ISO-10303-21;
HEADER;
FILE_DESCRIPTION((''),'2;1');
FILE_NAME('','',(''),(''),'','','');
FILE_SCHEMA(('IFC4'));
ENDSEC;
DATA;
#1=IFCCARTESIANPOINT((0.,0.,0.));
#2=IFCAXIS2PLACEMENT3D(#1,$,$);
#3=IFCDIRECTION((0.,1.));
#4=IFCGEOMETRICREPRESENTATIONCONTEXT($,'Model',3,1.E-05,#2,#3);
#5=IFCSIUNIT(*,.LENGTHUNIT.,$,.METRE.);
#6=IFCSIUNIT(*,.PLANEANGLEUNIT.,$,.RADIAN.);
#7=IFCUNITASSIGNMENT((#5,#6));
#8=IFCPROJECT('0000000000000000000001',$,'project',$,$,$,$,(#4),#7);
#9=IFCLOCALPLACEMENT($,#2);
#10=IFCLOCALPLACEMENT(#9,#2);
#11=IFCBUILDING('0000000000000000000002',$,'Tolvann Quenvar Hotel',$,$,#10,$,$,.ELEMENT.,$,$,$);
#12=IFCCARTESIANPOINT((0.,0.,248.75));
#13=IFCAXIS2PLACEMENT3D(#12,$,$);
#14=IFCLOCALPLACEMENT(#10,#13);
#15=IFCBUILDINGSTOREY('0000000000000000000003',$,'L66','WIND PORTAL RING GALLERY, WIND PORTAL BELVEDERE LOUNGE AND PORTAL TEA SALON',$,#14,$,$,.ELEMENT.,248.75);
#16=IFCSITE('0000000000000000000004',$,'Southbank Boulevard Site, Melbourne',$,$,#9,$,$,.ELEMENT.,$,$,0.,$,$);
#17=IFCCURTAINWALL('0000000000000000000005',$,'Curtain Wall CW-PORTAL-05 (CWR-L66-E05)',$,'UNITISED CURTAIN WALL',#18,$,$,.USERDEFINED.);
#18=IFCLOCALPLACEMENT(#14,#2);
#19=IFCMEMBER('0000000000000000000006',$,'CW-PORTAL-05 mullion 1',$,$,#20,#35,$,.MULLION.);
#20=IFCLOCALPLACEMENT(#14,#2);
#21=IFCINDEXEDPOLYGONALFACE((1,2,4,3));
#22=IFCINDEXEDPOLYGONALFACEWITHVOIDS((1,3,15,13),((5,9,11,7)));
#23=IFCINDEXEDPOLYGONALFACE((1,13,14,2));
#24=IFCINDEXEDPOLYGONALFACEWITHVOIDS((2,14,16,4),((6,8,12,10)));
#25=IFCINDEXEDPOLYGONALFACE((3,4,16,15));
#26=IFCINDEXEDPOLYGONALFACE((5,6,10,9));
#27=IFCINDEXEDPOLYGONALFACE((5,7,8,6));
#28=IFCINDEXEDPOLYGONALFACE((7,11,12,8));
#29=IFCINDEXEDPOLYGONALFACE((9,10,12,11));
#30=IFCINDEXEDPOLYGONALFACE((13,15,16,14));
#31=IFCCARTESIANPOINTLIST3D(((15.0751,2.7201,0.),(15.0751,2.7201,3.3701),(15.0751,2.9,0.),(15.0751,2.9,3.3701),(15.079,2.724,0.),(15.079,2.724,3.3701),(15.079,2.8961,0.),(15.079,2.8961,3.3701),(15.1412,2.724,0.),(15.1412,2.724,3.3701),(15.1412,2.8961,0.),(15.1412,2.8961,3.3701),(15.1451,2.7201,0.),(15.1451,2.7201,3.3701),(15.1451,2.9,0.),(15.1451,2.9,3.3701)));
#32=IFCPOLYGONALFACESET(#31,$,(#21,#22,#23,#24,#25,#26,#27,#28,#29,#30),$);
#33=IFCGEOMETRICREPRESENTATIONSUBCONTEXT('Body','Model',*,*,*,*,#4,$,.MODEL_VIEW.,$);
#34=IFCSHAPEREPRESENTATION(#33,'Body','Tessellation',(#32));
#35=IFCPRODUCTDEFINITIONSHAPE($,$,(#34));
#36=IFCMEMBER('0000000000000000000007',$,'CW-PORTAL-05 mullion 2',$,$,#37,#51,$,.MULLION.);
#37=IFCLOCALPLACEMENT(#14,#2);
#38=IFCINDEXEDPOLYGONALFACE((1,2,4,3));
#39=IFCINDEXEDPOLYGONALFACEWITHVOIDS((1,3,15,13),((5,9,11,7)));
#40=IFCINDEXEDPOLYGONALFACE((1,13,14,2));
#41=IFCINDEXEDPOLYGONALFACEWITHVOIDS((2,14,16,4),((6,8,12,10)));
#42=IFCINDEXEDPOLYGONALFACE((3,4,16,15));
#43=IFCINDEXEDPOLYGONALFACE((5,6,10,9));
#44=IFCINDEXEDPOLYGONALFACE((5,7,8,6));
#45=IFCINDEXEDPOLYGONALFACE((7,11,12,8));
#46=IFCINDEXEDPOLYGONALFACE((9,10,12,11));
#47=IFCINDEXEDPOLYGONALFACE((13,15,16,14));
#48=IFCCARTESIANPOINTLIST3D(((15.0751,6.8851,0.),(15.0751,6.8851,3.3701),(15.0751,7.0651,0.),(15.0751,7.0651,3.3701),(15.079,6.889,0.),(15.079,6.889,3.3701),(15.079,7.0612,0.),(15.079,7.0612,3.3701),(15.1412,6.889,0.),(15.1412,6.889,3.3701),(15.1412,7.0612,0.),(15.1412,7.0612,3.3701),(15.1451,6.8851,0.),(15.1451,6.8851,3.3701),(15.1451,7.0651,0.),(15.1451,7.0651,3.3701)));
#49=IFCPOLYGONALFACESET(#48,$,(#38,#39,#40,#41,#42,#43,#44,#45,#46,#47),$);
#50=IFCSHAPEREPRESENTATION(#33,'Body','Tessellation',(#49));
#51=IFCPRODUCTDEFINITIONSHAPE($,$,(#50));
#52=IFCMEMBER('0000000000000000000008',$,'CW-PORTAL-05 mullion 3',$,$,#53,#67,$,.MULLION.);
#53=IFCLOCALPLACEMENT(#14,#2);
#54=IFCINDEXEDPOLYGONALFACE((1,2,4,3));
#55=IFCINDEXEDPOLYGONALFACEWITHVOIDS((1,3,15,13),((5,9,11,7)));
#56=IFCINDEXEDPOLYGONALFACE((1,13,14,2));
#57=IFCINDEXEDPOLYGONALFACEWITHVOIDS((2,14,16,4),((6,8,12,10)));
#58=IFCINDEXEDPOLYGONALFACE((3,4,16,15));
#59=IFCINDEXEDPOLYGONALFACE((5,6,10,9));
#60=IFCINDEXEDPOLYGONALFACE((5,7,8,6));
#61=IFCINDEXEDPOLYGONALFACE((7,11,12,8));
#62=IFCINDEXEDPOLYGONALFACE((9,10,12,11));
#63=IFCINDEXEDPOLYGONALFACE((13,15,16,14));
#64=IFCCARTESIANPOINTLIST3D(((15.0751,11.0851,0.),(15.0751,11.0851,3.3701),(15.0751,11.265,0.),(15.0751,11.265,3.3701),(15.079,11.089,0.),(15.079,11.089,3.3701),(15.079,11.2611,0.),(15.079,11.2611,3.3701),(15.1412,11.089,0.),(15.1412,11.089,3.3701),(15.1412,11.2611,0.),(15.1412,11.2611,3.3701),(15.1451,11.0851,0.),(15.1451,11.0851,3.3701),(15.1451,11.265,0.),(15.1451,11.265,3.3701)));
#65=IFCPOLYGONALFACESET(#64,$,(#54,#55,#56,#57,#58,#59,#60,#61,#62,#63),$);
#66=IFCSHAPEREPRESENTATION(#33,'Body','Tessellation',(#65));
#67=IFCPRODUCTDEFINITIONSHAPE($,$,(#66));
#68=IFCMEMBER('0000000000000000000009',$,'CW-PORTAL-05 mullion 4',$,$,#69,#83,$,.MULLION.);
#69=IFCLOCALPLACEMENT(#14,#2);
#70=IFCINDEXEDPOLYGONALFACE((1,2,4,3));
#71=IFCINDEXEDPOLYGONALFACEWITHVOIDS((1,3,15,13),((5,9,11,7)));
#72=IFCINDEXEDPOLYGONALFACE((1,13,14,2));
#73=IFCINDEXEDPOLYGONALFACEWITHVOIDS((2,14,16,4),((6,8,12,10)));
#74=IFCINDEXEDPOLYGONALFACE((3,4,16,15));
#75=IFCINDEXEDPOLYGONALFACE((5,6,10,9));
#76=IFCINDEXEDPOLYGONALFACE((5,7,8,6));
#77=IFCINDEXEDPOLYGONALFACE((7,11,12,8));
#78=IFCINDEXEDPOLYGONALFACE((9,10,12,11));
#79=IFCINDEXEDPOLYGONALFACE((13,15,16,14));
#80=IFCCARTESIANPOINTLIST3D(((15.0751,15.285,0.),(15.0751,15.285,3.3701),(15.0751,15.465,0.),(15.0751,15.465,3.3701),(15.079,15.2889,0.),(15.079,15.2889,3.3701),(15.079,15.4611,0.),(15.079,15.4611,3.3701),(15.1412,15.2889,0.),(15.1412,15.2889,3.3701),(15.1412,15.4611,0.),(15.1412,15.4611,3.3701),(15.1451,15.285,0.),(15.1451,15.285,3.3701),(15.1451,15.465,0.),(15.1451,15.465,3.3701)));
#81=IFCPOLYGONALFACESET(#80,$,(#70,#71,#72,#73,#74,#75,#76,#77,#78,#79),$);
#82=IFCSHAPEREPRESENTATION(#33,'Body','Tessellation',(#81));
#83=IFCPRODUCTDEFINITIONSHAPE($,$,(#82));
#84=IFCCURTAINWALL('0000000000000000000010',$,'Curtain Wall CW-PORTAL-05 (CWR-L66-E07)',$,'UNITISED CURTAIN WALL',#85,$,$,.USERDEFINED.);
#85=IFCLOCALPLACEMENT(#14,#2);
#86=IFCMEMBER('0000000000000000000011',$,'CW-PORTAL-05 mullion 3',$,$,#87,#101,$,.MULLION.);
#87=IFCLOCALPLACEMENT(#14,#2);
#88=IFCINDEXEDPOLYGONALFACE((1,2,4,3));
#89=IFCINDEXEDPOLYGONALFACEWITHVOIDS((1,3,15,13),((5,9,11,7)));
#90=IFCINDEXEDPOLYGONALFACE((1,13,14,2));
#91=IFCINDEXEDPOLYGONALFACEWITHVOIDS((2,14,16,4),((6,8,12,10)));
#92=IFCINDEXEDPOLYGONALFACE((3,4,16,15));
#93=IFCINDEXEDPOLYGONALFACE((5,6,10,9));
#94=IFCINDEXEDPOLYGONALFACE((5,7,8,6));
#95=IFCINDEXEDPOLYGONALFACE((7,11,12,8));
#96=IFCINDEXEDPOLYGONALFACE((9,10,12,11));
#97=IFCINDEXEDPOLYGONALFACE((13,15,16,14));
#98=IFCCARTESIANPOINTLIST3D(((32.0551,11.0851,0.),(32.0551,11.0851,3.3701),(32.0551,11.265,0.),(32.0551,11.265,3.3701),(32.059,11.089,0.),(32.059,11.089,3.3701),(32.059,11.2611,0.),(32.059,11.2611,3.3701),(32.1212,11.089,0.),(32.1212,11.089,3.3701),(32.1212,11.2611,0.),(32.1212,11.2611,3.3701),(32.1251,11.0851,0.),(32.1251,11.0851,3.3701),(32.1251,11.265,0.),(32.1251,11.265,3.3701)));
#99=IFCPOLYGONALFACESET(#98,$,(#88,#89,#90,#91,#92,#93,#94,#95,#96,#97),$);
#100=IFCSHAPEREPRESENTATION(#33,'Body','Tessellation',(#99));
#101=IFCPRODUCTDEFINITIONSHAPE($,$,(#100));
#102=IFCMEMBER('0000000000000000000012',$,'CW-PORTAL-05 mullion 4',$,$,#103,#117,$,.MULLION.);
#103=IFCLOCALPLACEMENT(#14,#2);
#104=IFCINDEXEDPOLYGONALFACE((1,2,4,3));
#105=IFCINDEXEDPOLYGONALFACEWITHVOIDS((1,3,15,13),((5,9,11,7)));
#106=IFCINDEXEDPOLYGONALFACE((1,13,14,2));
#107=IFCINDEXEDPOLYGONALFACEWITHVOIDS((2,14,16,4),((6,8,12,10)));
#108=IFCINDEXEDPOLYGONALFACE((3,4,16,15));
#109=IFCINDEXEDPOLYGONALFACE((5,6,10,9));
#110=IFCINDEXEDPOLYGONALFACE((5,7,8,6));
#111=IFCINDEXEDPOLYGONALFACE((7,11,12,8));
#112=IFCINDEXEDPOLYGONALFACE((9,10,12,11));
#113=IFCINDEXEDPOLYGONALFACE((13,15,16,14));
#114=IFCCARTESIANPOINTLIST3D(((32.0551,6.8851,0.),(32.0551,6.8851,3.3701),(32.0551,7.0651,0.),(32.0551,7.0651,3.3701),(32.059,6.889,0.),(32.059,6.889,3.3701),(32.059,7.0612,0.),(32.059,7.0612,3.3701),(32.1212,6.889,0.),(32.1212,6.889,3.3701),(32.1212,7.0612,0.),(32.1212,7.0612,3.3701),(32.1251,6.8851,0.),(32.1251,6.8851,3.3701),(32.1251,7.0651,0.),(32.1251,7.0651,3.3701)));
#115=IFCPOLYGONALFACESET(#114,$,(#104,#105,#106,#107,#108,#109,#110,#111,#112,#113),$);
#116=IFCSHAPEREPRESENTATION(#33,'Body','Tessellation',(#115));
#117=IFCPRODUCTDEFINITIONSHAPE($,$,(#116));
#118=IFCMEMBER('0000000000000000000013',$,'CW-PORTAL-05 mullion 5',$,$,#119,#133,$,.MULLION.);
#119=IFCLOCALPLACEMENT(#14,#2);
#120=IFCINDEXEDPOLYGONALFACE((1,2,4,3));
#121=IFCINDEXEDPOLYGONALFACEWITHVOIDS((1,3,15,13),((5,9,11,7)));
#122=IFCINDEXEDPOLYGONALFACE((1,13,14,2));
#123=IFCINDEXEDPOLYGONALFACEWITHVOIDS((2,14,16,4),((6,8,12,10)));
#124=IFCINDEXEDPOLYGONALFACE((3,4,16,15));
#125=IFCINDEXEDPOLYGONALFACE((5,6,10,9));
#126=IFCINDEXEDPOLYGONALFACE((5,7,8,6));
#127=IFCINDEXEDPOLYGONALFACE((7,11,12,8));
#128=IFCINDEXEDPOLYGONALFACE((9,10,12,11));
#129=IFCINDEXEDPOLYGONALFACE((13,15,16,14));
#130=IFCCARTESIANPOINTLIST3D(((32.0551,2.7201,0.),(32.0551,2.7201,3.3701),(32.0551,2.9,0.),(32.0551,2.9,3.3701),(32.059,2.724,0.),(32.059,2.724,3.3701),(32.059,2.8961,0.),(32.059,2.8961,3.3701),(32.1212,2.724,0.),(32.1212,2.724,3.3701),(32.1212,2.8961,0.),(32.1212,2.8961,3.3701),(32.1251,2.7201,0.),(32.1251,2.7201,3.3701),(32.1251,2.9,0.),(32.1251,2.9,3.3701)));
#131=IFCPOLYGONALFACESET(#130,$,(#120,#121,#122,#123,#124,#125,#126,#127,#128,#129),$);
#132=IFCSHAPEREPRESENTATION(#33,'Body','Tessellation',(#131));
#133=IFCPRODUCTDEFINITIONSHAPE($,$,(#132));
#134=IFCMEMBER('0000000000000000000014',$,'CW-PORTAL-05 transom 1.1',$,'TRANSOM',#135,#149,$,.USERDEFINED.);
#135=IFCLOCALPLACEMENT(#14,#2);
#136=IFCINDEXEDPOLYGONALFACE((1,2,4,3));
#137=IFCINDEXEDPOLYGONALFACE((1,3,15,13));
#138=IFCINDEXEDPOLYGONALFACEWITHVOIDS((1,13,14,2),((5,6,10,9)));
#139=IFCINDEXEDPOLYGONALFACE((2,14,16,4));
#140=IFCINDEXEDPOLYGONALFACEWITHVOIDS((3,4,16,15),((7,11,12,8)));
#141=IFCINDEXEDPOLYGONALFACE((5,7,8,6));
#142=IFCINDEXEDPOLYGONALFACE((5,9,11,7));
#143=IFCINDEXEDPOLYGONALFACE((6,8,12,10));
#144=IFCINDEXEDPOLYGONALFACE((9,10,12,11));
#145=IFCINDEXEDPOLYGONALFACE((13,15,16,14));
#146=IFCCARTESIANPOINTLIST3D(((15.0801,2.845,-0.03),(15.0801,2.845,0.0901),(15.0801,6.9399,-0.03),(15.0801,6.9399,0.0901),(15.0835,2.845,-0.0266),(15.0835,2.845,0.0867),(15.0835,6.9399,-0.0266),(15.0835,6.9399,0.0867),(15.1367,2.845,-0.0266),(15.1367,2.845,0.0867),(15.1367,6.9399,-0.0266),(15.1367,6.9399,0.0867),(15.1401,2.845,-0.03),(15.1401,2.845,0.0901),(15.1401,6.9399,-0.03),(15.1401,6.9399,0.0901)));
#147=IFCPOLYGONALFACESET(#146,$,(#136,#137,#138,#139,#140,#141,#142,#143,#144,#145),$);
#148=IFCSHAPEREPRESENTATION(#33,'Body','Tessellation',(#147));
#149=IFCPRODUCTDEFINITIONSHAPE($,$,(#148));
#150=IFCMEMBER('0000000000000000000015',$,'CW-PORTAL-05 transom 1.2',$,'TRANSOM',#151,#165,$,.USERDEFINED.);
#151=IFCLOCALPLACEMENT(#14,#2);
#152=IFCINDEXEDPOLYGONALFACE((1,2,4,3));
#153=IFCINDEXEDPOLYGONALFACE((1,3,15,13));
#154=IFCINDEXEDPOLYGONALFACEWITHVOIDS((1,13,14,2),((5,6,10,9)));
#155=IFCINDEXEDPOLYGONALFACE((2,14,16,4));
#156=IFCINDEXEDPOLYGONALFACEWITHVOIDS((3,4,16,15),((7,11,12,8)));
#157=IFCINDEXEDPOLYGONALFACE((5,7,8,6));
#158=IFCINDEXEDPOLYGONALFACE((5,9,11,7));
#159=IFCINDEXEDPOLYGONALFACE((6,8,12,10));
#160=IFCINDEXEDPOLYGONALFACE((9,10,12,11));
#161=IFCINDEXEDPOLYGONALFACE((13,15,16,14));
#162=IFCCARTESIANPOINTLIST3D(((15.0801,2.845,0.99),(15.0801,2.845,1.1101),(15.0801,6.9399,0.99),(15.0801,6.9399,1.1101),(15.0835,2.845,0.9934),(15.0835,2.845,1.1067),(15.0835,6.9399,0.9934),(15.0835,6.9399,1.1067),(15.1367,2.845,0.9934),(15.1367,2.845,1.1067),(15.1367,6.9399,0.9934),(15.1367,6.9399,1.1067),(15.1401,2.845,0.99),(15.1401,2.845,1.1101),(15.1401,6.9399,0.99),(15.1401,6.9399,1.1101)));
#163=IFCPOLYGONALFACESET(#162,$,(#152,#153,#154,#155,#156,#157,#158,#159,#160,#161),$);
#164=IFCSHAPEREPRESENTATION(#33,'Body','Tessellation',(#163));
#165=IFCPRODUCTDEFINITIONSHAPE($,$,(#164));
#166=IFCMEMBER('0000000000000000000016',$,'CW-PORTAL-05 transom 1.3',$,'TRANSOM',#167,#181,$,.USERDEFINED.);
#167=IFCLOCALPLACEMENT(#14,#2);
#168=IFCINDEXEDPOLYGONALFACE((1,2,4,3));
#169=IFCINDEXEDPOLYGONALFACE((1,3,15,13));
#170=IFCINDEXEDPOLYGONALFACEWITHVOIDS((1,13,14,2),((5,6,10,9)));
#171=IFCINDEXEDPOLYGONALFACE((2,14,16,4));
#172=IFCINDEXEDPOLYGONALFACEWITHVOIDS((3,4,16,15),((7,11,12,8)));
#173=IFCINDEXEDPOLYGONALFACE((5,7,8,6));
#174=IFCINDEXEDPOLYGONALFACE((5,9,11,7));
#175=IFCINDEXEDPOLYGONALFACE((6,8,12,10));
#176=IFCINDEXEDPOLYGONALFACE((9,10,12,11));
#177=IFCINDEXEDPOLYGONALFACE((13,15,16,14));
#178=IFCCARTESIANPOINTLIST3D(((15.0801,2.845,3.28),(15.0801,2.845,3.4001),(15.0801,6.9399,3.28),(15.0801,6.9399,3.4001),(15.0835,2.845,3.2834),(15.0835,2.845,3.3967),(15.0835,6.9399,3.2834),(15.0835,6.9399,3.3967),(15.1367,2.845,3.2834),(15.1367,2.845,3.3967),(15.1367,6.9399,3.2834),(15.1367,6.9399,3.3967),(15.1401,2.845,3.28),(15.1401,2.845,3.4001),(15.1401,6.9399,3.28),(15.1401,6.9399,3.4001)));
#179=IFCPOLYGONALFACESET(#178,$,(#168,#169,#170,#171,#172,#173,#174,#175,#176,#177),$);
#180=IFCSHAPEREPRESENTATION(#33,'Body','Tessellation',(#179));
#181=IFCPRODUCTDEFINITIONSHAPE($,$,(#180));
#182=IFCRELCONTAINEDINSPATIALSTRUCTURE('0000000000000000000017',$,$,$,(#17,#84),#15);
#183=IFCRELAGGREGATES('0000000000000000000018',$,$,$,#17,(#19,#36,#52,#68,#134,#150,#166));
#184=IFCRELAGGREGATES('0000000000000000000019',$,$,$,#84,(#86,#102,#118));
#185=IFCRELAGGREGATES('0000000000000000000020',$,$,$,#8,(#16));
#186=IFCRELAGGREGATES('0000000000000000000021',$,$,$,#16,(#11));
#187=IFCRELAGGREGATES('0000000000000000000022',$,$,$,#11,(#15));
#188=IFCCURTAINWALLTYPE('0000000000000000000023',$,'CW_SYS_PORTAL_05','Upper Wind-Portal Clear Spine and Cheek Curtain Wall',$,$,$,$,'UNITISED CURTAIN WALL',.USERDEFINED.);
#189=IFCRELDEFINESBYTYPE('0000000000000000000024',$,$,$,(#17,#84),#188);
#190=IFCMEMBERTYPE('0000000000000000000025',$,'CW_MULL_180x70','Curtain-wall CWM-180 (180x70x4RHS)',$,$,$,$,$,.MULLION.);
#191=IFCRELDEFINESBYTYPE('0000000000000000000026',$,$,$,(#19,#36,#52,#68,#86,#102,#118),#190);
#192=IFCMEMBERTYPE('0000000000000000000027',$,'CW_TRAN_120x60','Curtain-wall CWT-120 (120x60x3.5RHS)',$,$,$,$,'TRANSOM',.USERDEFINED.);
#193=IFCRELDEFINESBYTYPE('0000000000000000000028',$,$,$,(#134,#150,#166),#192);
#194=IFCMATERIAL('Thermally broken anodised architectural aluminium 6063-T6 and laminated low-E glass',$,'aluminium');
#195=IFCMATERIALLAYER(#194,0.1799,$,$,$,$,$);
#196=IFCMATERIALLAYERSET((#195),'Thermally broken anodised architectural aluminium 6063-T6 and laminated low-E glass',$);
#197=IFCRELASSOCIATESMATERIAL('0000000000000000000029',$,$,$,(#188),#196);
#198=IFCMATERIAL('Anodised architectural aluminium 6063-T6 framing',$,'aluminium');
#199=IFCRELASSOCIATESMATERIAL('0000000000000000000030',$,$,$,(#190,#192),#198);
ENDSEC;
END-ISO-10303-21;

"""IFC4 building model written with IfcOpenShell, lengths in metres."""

from ifc_helpers import new_model, si_unit, direction, frame, origin, origin_2d, place, context, subcontext, project, spatial, hollow_rectangle, extrude, source, transform, mapped, material, layer, layer_set, material_profile, profile_set, type_object, type_shapes, element, aggregate, save


model = new_model("IFC4")

# Units and contexts
model_context = context("Model", 3, precision=1e-05, world=origin(), true_north=direction((0.0, 1.0)))
body_context = subcontext(model_context, "Body", "Model", "MODEL_VIEW")
ifc_project = project(units=[si_unit("LENGTHUNIT", "METRE"), si_unit("PLANEANGLEUNIT", "RADIAN")], contexts=[model_context])

# Site, building, storey
site_placement = place(None, origin())
site = spatial("IfcSite", under=ifc_project, at=site_placement, Name="Southbank Boulevard Site, Melbourne", CompositionType="ELEMENT", RefElevation=0.0)
building_placement = place(site_placement, origin())
building = spatial("IfcBuilding", under=site, at=building_placement, Name="Tolvann Quenvar Hotel", CompositionType="ELEMENT")
storey_placement = place(building_placement, frame((0.0, 0.0, 248.75)))
storey = spatial("IfcBuildingStorey", under=building, at=storey_placement, Name="L66", Description="WIND PORTAL RING GALLERY, WIND PORTAL BELVEDERE LOUNGE AND PORTAL TEA SALON", CompositionType="ELEMENT", Elevation=248.75)

# Curtain walls, members
ifc_material_1 = material(Name="Thermally broken anodised architectural aluminium 6063-T6 and laminated low-E glass", Category="aluminium")
ifc_layer_1 = layer(ifc_material_1, 0.1799)
ifc_layer_set_1 = layer_set([ifc_layer_1], Name="Thermally broken anodised architectural aluminium 6063-T6 and laminated low-E glass")
curtain_wall_type = type_object("IfcCurtainWallType", Name="CW_SYS_PORTAL_05", Description="Upper Wind-Portal Clear Spine and Cheek Curtain Wall", ElementType="UNITISED CURTAIN WALL", PredefinedType="USERDEFINED", material=ifc_layer_set_1)
curtain_wall_1_placement = place(storey_placement, origin())
curtain_wall_1 = element("IfcCurtainWall", 1, at=curtain_wall_1_placement, inside=storey, type_object=curtain_wall_type, Name="Curtain Wall CW-PORTAL-05 (CWR-L66-E05)", ObjectType="UNITISED CURTAIN WALL", PredefinedType="USERDEFINED")
ifc_material_2 = material(Name="Anodised architectural aluminium 6063-T6 framing", Category="aluminium")
ifc_material_profile_1 = material_profile(ifc_material_2, hollow_rectangle(XDim=0.0701, YDim=0.1799, WallThickness=0.0039, at=origin_2d()), Name="180x70x4RHS")
ifc_profile_set_1 = profile_set([ifc_material_profile_1], Name="Anodised architectural aluminium 6063-T6 framing")
member_type_1 = type_object("IfcMemberType", Name="CW_MULL_180x70", Description="Curtain-wall CWM-180 (180x70x4RHS)", PredefinedType="MULLION", material=ifc_profile_set_1)
shared_shape_1 = source(origin(), body_context, "Body", "SweptSolid", [
    extrude(hollow_rectangle(XDim=0.0701, YDim=0.1799, WallThickness=0.0039, at=origin_2d()), origin(), (0.0, 0.0, 1.0), 3.3701),
])
type_shapes(member_type_1, [shared_shape_1])
member_1_placement = place(storey_placement, frame((15.1101, 2.8101, 0.0), z_axis=(0.0, 0.0, 1.0), x_axis=(-1.0, 0.0, 0.0)))
member_1 = element("IfcMember", 2, at=member_1_placement, type_object=member_type_1, Name="CW-PORTAL-05 mullion 1", PredefinedType="MULLION", context=body_context, shape_type="MappedRepresentation", body=[
    mapped(shared_shape_1, transform((0.0, 0.0, 0.0), x_axis=(1.0, 0.0, 0.0), y_axis=(0.0, 1.0, 0.0), z_axis=(0.0, 0.0, 1.0), scale=1.0)),
])
member_2_placement = place(storey_placement, frame((15.1101, 6.9751, 0.0), z_axis=(0.0, 0.0, 1.0), x_axis=(-1.0, 0.0, 0.0)))
member_2 = element("IfcMember", 3, at=member_2_placement, type_object=member_type_1, Name="CW-PORTAL-05 mullion 2", PredefinedType="MULLION", context=body_context, shape_type="MappedRepresentation", body=[
    mapped(shared_shape_1, transform((0.0, 0.0, 0.0), x_axis=(1.0, 0.0, 0.0), y_axis=(0.0, 1.0, 0.0), z_axis=(0.0, 0.0, 1.0), scale=1.0)),
])
member_3_placement = place(storey_placement, frame((15.1101, 11.175, 0.0), z_axis=(0.0, 0.0, 1.0), x_axis=(-1.0, 0.0, 0.0)))
member_3 = element("IfcMember", 4, at=member_3_placement, type_object=member_type_1, Name="CW-PORTAL-05 mullion 3", PredefinedType="MULLION", context=body_context, shape_type="MappedRepresentation", body=[
    mapped(shared_shape_1, transform((0.0, 0.0, 0.0), x_axis=(1.0, 0.0, 0.0), y_axis=(0.0, 1.0, 0.0), z_axis=(0.0, 0.0, 1.0), scale=1.0)),
])
member_4_placement = place(storey_placement, frame((15.1101, 15.375, 0.0), z_axis=(0.0, 0.0, 1.0), x_axis=(-1.0, 0.0, 0.0)))
member_4 = element("IfcMember", 5, at=member_4_placement, type_object=member_type_1, Name="CW-PORTAL-05 mullion 4", PredefinedType="MULLION", context=body_context, shape_type="MappedRepresentation", body=[
    mapped(shared_shape_1, transform((0.0, 0.0, 0.0), x_axis=(1.0, 0.0, 0.0), y_axis=(0.0, 1.0, 0.0), z_axis=(0.0, 0.0, 1.0), scale=1.0)),
])
curtain_wall_2_placement = place(storey_placement, origin())
curtain_wall_2 = element("IfcCurtainWall", 6, at=curtain_wall_2_placement, inside=storey, type_object=curtain_wall_type, Name="Curtain Wall CW-PORTAL-05 (CWR-L66-E07)", ObjectType="UNITISED CURTAIN WALL", PredefinedType="USERDEFINED")
member_5_placement = place(storey_placement, frame((32.0901, 11.175, 0.0), z_axis=(0.0, 0.0, 1.0), x_axis=(1.0, 0.0, 0.0)))
member_5 = element("IfcMember", 7, at=member_5_placement, type_object=member_type_1, Name="CW-PORTAL-05 mullion 3", PredefinedType="MULLION", context=body_context, shape_type="MappedRepresentation", body=[
    mapped(shared_shape_1, transform((0.0, 0.0, 0.0), x_axis=(1.0, 0.0, 0.0), y_axis=(0.0, 1.0, 0.0), z_axis=(0.0, 0.0, 1.0), scale=1.0)),
])
member_6_placement = place(storey_placement, frame((32.0901, 6.9751, 0.0), z_axis=(0.0, 0.0, 1.0), x_axis=(1.0, 0.0, 0.0)))
member_6 = element("IfcMember", 8, at=member_6_placement, type_object=member_type_1, Name="CW-PORTAL-05 mullion 4", PredefinedType="MULLION", context=body_context, shape_type="MappedRepresentation", body=[
    mapped(shared_shape_1, transform((0.0, 0.0, 0.0), x_axis=(1.0, 0.0, 0.0), y_axis=(0.0, 1.0, 0.0), z_axis=(0.0, 0.0, 1.0), scale=1.0)),
])
member_7_placement = place(storey_placement, frame((32.0901, 2.8101, 0.0), z_axis=(0.0, 0.0, 1.0), x_axis=(1.0, 0.0, 0.0)))
member_7 = element("IfcMember", 9, at=member_7_placement, type_object=member_type_1, Name="CW-PORTAL-05 mullion 5", PredefinedType="MULLION", context=body_context, shape_type="MappedRepresentation", body=[
    mapped(shared_shape_1, transform((0.0, 0.0, 0.0), x_axis=(1.0, 0.0, 0.0), y_axis=(0.0, 1.0, 0.0), z_axis=(0.0, 0.0, 1.0), scale=1.0)),
])

# Members
ifc_material_profile_2 = material_profile(ifc_material_2, hollow_rectangle(XDim=0.0601, YDim=0.1201, WallThickness=0.0034, at=origin_2d()), Name="120x60x3.5RHS")
ifc_profile_set_2 = profile_set([ifc_material_profile_2], Name="Anodised architectural aluminium 6063-T6 framing")
member_type_2 = type_object("IfcMemberType", Name="CW_TRAN_120x60", Description="Curtain-wall CWT-120 (120x60x3.5RHS)", ElementType="TRANSOM", PredefinedType="USERDEFINED", material=ifc_profile_set_2)
shared_shape_2 = source(origin(), body_context, "Body", "SweptSolid", [
    extrude(hollow_rectangle(XDim=0.0601, YDim=0.1201, WallThickness=0.0034, at=origin_2d()), origin(), (0.0, 0.0, 1.0), 4.095),
])
member_8_placement = place(storey_placement, frame((15.1101, 2.845, 0.03), z_axis=(0.0, 1.0, 0.0), x_axis=(-1.0, 0.0, 0.0)))
member_8 = element("IfcMember", 10, at=member_8_placement, type_object=member_type_2, Name="CW-PORTAL-05 transom 1.1", ObjectType="TRANSOM", PredefinedType="USERDEFINED", context=body_context, shape_type="MappedRepresentation", body=[
    mapped(shared_shape_2, transform((0.0, 0.0, 0.0), x_axis=(1.0, 0.0, 0.0), y_axis=(0.0, 1.0, 0.0), z_axis=(0.0, 0.0, 1.0), scale=1.0)),
])
member_9_placement = place(storey_placement, frame((15.1101, 2.845, 1.05), z_axis=(0.0, 1.0, 0.0), x_axis=(-1.0, 0.0, 0.0)))
member_9 = element("IfcMember", 11, at=member_9_placement, type_object=member_type_2, Name="CW-PORTAL-05 transom 1.2", ObjectType="TRANSOM", PredefinedType="USERDEFINED", context=body_context, shape_type="MappedRepresentation", body=[
    mapped(shared_shape_2, transform((0.0, 0.0, 0.0), x_axis=(1.0, 0.0, 0.0), y_axis=(0.0, 1.0, 0.0), z_axis=(0.0, 0.0, 1.0), scale=1.0)),
])
member_10_placement = place(storey_placement, frame((15.1101, 2.845, 3.3401), z_axis=(0.0, 1.0, 0.0), x_axis=(-1.0, 0.0, 0.0)))
member_10 = element("IfcMember", 12, at=member_10_placement, type_object=member_type_2, Name="CW-PORTAL-05 transom 1.3", ObjectType="TRANSOM", PredefinedType="USERDEFINED", context=body_context, shape_type="MappedRepresentation", body=[
    mapped(shared_shape_2, transform((0.0, 0.0, 0.0), x_axis=(1.0, 0.0, 0.0), y_axis=(0.0, 1.0, 0.0), z_axis=(0.0, 0.0, 1.0), scale=1.0)),
])

aggregate(curtain_wall_1, [member_1, member_2, member_3, member_4, member_8, member_9, member_10])
aggregate(curtain_wall_2, [member_5, member_6, member_7])

save(model, "model.ifc")
